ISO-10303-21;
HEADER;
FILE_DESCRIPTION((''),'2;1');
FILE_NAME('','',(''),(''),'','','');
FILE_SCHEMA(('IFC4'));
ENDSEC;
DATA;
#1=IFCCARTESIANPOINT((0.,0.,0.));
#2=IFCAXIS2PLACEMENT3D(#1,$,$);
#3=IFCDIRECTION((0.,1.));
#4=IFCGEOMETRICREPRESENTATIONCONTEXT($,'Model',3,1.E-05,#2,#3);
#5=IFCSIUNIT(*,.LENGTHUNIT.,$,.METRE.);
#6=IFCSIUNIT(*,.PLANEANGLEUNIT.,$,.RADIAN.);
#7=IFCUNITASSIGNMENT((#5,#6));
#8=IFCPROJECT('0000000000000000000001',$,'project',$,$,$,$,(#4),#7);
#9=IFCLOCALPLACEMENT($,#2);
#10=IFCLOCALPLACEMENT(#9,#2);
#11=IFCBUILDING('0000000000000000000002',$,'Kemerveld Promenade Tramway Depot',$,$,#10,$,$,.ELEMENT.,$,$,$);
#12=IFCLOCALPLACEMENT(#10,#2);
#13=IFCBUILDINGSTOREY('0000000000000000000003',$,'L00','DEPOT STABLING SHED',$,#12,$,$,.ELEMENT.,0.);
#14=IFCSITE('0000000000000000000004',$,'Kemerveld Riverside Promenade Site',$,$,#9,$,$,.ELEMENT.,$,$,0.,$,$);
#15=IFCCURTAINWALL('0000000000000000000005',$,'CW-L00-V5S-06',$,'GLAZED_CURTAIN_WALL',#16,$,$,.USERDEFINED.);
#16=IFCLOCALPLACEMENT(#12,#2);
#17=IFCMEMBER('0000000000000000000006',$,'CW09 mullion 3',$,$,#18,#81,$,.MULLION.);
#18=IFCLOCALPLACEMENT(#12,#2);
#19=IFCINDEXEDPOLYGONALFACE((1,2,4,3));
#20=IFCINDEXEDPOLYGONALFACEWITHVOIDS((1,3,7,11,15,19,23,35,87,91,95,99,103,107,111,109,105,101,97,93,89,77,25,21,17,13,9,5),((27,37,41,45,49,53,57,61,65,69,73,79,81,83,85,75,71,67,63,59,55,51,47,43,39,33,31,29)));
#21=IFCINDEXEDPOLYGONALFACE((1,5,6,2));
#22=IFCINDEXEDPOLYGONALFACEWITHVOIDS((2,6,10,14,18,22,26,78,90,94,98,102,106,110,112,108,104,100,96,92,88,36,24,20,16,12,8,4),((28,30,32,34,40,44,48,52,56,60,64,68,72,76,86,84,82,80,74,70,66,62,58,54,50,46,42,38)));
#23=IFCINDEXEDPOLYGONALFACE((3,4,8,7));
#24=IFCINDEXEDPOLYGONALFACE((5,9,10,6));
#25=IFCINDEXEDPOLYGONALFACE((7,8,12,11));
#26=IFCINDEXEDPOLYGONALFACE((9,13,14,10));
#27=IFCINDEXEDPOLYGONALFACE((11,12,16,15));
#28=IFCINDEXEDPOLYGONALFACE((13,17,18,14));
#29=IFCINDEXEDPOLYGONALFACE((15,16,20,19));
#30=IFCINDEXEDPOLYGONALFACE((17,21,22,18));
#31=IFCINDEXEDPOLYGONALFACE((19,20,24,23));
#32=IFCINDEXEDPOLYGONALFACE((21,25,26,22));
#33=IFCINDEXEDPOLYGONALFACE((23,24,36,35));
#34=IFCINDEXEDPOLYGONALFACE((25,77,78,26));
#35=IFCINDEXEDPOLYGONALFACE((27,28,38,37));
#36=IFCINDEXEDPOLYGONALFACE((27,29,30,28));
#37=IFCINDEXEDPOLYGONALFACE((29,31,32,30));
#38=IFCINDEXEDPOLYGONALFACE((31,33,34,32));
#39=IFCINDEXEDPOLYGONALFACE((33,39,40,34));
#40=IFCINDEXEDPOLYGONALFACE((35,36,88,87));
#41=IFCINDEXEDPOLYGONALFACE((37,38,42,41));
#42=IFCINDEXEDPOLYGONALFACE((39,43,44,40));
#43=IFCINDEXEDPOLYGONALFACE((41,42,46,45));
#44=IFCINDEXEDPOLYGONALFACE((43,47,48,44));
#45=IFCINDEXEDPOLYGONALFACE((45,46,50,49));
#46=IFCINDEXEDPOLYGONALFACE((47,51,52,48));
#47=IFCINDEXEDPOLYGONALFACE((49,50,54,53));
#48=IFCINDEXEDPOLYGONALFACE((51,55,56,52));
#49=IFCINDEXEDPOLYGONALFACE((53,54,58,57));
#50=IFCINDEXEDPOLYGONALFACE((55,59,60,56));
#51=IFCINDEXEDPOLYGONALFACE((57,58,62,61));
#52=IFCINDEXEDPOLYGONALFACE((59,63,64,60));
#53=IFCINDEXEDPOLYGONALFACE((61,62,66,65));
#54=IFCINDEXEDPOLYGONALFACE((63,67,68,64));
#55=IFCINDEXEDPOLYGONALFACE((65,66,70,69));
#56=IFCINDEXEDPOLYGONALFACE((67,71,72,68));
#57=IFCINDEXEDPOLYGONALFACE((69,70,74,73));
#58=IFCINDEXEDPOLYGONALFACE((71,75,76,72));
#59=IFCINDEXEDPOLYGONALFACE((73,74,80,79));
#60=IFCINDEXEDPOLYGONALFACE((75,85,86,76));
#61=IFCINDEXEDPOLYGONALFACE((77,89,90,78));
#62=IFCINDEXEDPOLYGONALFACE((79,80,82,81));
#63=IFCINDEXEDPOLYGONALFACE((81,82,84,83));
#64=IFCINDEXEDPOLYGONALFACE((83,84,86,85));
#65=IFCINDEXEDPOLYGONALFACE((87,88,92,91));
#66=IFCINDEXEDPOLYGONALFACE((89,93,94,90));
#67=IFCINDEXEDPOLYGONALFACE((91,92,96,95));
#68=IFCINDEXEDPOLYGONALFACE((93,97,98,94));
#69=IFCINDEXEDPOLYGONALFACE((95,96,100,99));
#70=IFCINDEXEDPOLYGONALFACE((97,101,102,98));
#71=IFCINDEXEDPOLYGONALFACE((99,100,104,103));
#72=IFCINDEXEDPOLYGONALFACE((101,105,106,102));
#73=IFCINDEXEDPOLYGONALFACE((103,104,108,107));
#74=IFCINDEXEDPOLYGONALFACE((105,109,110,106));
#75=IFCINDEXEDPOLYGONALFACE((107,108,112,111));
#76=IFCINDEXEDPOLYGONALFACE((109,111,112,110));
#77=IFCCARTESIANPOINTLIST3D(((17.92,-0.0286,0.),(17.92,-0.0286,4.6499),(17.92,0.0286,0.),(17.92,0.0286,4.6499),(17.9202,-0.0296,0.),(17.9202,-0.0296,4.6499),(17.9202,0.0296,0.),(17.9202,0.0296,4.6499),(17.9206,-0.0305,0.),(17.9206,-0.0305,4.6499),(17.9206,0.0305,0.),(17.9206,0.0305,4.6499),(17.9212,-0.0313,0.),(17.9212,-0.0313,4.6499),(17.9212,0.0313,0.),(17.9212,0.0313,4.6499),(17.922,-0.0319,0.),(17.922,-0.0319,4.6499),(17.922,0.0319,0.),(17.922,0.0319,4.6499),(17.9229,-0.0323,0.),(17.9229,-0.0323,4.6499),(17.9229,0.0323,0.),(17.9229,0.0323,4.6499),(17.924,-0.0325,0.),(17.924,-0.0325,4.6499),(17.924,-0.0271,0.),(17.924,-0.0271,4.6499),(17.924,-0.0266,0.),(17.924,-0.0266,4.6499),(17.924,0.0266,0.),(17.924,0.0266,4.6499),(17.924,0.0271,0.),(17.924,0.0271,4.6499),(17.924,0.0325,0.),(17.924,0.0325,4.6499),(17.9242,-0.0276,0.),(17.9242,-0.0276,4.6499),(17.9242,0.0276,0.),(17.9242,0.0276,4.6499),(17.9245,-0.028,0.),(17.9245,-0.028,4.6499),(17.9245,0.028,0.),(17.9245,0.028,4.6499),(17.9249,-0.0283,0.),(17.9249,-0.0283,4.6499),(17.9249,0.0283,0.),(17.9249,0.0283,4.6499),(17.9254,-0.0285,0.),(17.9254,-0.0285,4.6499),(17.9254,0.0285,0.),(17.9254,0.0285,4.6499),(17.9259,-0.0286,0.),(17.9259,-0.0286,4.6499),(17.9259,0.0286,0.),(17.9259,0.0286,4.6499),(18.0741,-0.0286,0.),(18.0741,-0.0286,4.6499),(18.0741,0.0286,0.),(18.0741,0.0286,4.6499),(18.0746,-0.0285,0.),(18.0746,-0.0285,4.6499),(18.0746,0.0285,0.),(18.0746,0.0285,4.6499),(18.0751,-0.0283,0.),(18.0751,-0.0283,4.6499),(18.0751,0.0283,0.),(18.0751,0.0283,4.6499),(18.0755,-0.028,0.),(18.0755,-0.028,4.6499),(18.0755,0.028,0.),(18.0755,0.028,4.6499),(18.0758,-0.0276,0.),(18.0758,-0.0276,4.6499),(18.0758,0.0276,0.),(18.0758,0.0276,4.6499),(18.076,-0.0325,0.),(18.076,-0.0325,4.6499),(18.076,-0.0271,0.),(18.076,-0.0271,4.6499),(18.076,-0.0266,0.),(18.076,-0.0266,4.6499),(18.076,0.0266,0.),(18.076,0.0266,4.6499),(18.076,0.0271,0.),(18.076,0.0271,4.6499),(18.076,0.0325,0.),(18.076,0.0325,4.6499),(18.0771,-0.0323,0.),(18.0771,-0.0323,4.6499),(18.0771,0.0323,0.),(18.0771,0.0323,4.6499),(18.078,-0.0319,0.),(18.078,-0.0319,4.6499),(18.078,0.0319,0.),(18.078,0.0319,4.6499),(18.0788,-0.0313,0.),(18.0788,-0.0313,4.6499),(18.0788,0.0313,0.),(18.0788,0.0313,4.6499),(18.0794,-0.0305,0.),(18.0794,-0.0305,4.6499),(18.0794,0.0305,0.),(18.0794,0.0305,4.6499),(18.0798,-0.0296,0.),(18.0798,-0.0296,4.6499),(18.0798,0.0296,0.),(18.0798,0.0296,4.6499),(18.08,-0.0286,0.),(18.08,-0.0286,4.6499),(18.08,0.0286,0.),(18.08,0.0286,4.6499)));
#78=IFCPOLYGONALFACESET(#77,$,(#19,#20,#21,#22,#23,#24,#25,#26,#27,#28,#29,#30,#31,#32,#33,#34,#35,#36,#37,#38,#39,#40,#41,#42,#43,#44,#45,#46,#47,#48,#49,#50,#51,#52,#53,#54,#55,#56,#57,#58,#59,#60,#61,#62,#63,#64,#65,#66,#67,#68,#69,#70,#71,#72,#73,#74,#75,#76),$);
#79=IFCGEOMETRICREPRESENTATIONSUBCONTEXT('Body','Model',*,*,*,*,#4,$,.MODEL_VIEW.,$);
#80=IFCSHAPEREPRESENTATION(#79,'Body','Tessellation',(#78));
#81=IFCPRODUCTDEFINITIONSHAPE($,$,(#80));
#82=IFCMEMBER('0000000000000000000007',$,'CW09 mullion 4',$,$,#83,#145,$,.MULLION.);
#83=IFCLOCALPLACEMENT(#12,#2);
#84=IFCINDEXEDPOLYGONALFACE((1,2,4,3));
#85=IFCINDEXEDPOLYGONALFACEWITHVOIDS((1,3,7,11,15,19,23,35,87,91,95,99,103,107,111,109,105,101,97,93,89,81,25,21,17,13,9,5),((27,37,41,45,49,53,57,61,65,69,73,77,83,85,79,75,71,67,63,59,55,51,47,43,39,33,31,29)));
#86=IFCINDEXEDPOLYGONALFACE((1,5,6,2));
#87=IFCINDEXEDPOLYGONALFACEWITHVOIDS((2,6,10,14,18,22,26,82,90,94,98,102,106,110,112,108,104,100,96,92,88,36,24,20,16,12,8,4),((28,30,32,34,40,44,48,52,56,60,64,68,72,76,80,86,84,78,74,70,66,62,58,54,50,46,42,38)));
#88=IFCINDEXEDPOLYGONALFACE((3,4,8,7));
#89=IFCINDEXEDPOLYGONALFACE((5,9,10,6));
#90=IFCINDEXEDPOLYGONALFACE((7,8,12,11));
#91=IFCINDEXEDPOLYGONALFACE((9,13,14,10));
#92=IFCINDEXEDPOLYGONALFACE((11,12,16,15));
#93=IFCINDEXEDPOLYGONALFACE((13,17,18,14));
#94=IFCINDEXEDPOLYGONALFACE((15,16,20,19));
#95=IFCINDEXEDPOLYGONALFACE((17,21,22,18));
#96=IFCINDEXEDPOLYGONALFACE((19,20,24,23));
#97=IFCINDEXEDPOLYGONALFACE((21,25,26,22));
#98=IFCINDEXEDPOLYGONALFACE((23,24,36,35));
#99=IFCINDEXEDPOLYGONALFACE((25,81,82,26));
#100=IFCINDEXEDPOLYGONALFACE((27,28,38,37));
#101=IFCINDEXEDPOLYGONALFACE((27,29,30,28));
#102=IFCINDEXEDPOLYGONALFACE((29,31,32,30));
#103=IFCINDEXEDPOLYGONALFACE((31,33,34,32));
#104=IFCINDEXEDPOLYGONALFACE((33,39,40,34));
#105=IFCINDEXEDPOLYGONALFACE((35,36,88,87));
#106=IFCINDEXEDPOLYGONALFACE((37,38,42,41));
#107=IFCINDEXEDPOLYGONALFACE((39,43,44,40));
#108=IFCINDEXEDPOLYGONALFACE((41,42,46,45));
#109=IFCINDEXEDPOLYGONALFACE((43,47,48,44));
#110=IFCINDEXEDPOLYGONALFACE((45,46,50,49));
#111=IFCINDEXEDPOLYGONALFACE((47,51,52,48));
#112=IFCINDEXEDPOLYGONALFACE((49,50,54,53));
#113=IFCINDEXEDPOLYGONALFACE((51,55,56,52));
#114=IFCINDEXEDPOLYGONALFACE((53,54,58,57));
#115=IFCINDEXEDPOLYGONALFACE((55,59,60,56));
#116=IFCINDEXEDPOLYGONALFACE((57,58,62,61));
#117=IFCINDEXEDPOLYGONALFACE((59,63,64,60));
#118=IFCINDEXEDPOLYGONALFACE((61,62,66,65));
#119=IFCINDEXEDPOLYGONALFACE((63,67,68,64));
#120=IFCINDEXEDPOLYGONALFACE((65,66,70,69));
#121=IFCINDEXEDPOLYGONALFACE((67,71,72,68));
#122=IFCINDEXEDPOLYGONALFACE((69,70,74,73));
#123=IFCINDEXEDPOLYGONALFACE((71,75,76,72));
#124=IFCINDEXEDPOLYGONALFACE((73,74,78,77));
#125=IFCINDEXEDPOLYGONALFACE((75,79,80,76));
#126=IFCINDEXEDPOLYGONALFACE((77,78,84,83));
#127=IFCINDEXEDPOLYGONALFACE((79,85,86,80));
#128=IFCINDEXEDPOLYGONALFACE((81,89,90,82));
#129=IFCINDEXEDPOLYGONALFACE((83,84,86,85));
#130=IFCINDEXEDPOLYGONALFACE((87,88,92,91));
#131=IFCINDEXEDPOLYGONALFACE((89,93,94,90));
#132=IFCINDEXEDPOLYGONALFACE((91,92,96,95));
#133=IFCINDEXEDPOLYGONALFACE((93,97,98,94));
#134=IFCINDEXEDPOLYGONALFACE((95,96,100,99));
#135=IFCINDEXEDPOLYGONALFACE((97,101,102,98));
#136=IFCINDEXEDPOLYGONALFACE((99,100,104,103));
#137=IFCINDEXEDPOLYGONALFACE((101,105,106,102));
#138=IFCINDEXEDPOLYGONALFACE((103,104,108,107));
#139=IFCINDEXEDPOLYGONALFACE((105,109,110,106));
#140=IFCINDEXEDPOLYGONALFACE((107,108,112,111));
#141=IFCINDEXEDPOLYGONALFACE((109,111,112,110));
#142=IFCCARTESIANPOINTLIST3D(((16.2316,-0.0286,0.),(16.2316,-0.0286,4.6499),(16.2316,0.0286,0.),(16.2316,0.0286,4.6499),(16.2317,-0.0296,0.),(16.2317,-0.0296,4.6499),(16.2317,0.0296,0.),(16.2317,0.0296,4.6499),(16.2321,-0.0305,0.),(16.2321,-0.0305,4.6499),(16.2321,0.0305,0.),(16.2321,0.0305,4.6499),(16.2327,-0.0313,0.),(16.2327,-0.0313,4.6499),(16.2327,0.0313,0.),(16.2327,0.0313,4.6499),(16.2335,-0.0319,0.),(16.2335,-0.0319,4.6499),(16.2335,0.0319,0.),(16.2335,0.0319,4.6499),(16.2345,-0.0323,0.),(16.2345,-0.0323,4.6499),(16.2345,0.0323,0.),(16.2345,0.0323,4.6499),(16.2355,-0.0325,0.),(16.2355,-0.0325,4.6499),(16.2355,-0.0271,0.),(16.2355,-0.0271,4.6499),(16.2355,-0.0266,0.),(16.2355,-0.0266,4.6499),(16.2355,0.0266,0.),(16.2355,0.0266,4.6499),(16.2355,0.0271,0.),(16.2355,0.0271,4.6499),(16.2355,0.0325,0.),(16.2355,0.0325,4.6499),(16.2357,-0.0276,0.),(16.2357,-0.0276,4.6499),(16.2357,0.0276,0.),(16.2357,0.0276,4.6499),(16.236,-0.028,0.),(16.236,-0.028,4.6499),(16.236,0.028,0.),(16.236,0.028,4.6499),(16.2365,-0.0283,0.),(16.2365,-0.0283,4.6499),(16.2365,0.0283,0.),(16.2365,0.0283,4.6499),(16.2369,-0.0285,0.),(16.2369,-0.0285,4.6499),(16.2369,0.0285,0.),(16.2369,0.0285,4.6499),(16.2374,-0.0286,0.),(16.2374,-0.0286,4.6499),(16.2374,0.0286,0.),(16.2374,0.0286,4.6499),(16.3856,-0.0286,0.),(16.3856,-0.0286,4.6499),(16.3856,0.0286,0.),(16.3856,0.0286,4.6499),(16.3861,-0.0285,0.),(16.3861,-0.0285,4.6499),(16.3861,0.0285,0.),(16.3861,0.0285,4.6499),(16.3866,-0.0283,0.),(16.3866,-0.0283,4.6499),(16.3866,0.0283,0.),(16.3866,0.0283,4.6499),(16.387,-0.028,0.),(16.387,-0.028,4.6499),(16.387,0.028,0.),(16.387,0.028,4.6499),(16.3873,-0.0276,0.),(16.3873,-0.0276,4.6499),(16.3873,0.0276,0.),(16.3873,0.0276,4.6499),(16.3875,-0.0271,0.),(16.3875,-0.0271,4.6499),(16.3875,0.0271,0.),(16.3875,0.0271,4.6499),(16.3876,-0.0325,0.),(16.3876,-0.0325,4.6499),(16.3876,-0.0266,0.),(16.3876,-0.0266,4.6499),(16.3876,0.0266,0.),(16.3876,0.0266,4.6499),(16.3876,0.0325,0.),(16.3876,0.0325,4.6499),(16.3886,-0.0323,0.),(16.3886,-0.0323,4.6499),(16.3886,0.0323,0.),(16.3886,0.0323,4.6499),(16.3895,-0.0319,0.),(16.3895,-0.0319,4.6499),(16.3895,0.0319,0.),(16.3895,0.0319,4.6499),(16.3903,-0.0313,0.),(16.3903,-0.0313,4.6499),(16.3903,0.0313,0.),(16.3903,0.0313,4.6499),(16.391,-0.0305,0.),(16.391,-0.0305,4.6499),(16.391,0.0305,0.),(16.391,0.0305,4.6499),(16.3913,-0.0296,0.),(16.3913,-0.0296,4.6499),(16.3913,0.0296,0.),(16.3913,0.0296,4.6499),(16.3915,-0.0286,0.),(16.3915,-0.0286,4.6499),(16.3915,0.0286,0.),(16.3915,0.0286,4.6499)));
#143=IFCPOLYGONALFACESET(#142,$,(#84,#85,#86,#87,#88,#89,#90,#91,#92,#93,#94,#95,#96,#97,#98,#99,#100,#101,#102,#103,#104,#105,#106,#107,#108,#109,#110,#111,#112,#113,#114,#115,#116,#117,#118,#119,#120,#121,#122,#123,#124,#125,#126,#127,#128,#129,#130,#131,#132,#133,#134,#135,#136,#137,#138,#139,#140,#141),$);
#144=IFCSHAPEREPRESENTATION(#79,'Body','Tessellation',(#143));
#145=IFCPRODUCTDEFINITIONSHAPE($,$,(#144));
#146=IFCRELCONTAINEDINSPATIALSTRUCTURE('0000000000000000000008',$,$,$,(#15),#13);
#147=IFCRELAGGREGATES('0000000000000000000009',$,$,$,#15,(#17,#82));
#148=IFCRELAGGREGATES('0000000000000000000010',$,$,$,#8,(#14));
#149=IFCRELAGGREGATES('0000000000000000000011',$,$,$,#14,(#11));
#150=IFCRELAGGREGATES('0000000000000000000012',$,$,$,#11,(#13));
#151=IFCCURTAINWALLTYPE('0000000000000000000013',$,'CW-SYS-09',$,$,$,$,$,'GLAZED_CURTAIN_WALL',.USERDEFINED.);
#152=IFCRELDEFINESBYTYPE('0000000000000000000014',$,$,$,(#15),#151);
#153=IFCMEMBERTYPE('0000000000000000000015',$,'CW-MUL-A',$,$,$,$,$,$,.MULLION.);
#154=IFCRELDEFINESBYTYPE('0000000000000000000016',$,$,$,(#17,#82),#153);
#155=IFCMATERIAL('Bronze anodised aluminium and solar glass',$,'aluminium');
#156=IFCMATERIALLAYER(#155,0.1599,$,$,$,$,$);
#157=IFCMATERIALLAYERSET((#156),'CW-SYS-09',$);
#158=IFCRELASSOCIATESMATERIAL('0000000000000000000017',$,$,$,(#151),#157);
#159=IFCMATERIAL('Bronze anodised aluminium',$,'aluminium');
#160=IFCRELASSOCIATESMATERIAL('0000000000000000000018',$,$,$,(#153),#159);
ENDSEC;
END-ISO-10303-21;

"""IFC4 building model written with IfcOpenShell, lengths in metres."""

from ifc_helpers import new_model, si_unit, direction, frame, origin, origin_2d, place, context, subcontext, project, spatial, hollow_rectangle, extrude, material, layer, layer_set, material_profile, profile_set, type_object, element, aggregate, save


model = new_model("IFC4")

# Units and contexts
model_context = context("Model", 3, precision=1e-05, world=origin(), true_north=direction((0.0, 1.0)))
body_context = subcontext(model_context, "Body", "Model", "MODEL_VIEW")
ifc_project = project(units=[si_unit("LENGTHUNIT", "METRE"), si_unit("PLANEANGLEUNIT", "RADIAN")], contexts=[model_context])

# Site, building, storey
site_placement = place(None, origin())
site = spatial("IfcSite", under=ifc_project, at=site_placement, Name="Kemerveld Riverside Promenade Site", CompositionType="ELEMENT", RefElevation=0.0)
building_placement = place(site_placement, origin())
building = spatial("IfcBuilding", under=site, at=building_placement, Name="Kemerveld Promenade Tramway Depot", CompositionType="ELEMENT")
storey_placement = place(building_placement, origin())
storey = spatial("IfcBuildingStorey", under=building, at=storey_placement, Name="L00", Description="DEPOT STABLING SHED", CompositionType="ELEMENT", Elevation=0.0)

# Curtain wall, members
ifc_material_1 = material(Name="Bronze anodised aluminium and solar glass", Category="aluminium")
ifc_layer_1 = layer(ifc_material_1, 0.1599)
ifc_layer_set_1 = layer_set([ifc_layer_1], Name="CW-SYS-09")
curtain_wall_type = type_object("IfcCurtainWallType", Name="CW-SYS-09", ElementType="GLAZED_CURTAIN_WALL", PredefinedType="USERDEFINED", material=ifc_layer_set_1)
curtain_wall_placement = place(storey_placement, origin())
curtain_wall = element("IfcCurtainWall", 1, at=curtain_wall_placement, inside=storey, type_object=curtain_wall_type, Name="CW-L00-V5S-06", ObjectType="GLAZED_CURTAIN_WALL", PredefinedType="USERDEFINED")
ifc_material_2 = material(Name="Bronze anodised aluminium", Category="aluminium")
ifc_material_profile_1 = material_profile(ifc_material_2, hollow_rectangle(XDim=0.0649, YDim=0.1599, WallThickness=0.0039, InnerFilletRadius=0.002, OuterFilletRadius=0.0039, at=origin_2d()), Name="CW-MUL-160x65")
ifc_profile_set_1 = profile_set([ifc_material_profile_1], Name="Bronze anodised aluminium")
member_type_1 = type_object("IfcMemberType", Name="CW-MUL-A", PredefinedType="MULLION", material=ifc_profile_set_1)
member_1_placement = place(storey_placement, frame((18.0, 0.0, 0.0), z_axis=(0.0, 0.0, 1.0), x_axis=(0.0, -1.0, 0.0)))
member_1 = element("IfcMember", 2, at=member_1_placement, type_object=member_type_1, Name="CW09 mullion 3", PredefinedType="MULLION", context=body_context, shape_type="SweptSolid", body=[
    extrude(hollow_rectangle(XDim=0.0649, YDim=0.1599, WallThickness=0.0039, InnerFilletRadius=0.002, OuterFilletRadius=0.0039, at=origin_2d()), origin(), (0.0, 0.0, 1.0), 4.6499),
])
member_2_placement = place(storey_placement, frame((16.3115, 0.0, 0.0), z_axis=(0.0, 0.0, 1.0), x_axis=(0.0, -1.0, 0.0)))
member_2 = element("IfcMember", 3, at=member_2_placement, type_object=member_type_1, Name="CW09 mullion 4", PredefinedType="MULLION", context=body_context, shape_type="SweptSolid", body=[
    extrude(hollow_rectangle(XDim=0.0649, YDim=0.1599, WallThickness=0.0039, InnerFilletRadius=0.002, OuterFilletRadius=0.0039, at=origin_2d()), origin(), (0.0, 0.0, 1.0), 4.6499),
])
aggregate(curtain_wall, [member_1, member_2])

save(model, "model.ifc")
